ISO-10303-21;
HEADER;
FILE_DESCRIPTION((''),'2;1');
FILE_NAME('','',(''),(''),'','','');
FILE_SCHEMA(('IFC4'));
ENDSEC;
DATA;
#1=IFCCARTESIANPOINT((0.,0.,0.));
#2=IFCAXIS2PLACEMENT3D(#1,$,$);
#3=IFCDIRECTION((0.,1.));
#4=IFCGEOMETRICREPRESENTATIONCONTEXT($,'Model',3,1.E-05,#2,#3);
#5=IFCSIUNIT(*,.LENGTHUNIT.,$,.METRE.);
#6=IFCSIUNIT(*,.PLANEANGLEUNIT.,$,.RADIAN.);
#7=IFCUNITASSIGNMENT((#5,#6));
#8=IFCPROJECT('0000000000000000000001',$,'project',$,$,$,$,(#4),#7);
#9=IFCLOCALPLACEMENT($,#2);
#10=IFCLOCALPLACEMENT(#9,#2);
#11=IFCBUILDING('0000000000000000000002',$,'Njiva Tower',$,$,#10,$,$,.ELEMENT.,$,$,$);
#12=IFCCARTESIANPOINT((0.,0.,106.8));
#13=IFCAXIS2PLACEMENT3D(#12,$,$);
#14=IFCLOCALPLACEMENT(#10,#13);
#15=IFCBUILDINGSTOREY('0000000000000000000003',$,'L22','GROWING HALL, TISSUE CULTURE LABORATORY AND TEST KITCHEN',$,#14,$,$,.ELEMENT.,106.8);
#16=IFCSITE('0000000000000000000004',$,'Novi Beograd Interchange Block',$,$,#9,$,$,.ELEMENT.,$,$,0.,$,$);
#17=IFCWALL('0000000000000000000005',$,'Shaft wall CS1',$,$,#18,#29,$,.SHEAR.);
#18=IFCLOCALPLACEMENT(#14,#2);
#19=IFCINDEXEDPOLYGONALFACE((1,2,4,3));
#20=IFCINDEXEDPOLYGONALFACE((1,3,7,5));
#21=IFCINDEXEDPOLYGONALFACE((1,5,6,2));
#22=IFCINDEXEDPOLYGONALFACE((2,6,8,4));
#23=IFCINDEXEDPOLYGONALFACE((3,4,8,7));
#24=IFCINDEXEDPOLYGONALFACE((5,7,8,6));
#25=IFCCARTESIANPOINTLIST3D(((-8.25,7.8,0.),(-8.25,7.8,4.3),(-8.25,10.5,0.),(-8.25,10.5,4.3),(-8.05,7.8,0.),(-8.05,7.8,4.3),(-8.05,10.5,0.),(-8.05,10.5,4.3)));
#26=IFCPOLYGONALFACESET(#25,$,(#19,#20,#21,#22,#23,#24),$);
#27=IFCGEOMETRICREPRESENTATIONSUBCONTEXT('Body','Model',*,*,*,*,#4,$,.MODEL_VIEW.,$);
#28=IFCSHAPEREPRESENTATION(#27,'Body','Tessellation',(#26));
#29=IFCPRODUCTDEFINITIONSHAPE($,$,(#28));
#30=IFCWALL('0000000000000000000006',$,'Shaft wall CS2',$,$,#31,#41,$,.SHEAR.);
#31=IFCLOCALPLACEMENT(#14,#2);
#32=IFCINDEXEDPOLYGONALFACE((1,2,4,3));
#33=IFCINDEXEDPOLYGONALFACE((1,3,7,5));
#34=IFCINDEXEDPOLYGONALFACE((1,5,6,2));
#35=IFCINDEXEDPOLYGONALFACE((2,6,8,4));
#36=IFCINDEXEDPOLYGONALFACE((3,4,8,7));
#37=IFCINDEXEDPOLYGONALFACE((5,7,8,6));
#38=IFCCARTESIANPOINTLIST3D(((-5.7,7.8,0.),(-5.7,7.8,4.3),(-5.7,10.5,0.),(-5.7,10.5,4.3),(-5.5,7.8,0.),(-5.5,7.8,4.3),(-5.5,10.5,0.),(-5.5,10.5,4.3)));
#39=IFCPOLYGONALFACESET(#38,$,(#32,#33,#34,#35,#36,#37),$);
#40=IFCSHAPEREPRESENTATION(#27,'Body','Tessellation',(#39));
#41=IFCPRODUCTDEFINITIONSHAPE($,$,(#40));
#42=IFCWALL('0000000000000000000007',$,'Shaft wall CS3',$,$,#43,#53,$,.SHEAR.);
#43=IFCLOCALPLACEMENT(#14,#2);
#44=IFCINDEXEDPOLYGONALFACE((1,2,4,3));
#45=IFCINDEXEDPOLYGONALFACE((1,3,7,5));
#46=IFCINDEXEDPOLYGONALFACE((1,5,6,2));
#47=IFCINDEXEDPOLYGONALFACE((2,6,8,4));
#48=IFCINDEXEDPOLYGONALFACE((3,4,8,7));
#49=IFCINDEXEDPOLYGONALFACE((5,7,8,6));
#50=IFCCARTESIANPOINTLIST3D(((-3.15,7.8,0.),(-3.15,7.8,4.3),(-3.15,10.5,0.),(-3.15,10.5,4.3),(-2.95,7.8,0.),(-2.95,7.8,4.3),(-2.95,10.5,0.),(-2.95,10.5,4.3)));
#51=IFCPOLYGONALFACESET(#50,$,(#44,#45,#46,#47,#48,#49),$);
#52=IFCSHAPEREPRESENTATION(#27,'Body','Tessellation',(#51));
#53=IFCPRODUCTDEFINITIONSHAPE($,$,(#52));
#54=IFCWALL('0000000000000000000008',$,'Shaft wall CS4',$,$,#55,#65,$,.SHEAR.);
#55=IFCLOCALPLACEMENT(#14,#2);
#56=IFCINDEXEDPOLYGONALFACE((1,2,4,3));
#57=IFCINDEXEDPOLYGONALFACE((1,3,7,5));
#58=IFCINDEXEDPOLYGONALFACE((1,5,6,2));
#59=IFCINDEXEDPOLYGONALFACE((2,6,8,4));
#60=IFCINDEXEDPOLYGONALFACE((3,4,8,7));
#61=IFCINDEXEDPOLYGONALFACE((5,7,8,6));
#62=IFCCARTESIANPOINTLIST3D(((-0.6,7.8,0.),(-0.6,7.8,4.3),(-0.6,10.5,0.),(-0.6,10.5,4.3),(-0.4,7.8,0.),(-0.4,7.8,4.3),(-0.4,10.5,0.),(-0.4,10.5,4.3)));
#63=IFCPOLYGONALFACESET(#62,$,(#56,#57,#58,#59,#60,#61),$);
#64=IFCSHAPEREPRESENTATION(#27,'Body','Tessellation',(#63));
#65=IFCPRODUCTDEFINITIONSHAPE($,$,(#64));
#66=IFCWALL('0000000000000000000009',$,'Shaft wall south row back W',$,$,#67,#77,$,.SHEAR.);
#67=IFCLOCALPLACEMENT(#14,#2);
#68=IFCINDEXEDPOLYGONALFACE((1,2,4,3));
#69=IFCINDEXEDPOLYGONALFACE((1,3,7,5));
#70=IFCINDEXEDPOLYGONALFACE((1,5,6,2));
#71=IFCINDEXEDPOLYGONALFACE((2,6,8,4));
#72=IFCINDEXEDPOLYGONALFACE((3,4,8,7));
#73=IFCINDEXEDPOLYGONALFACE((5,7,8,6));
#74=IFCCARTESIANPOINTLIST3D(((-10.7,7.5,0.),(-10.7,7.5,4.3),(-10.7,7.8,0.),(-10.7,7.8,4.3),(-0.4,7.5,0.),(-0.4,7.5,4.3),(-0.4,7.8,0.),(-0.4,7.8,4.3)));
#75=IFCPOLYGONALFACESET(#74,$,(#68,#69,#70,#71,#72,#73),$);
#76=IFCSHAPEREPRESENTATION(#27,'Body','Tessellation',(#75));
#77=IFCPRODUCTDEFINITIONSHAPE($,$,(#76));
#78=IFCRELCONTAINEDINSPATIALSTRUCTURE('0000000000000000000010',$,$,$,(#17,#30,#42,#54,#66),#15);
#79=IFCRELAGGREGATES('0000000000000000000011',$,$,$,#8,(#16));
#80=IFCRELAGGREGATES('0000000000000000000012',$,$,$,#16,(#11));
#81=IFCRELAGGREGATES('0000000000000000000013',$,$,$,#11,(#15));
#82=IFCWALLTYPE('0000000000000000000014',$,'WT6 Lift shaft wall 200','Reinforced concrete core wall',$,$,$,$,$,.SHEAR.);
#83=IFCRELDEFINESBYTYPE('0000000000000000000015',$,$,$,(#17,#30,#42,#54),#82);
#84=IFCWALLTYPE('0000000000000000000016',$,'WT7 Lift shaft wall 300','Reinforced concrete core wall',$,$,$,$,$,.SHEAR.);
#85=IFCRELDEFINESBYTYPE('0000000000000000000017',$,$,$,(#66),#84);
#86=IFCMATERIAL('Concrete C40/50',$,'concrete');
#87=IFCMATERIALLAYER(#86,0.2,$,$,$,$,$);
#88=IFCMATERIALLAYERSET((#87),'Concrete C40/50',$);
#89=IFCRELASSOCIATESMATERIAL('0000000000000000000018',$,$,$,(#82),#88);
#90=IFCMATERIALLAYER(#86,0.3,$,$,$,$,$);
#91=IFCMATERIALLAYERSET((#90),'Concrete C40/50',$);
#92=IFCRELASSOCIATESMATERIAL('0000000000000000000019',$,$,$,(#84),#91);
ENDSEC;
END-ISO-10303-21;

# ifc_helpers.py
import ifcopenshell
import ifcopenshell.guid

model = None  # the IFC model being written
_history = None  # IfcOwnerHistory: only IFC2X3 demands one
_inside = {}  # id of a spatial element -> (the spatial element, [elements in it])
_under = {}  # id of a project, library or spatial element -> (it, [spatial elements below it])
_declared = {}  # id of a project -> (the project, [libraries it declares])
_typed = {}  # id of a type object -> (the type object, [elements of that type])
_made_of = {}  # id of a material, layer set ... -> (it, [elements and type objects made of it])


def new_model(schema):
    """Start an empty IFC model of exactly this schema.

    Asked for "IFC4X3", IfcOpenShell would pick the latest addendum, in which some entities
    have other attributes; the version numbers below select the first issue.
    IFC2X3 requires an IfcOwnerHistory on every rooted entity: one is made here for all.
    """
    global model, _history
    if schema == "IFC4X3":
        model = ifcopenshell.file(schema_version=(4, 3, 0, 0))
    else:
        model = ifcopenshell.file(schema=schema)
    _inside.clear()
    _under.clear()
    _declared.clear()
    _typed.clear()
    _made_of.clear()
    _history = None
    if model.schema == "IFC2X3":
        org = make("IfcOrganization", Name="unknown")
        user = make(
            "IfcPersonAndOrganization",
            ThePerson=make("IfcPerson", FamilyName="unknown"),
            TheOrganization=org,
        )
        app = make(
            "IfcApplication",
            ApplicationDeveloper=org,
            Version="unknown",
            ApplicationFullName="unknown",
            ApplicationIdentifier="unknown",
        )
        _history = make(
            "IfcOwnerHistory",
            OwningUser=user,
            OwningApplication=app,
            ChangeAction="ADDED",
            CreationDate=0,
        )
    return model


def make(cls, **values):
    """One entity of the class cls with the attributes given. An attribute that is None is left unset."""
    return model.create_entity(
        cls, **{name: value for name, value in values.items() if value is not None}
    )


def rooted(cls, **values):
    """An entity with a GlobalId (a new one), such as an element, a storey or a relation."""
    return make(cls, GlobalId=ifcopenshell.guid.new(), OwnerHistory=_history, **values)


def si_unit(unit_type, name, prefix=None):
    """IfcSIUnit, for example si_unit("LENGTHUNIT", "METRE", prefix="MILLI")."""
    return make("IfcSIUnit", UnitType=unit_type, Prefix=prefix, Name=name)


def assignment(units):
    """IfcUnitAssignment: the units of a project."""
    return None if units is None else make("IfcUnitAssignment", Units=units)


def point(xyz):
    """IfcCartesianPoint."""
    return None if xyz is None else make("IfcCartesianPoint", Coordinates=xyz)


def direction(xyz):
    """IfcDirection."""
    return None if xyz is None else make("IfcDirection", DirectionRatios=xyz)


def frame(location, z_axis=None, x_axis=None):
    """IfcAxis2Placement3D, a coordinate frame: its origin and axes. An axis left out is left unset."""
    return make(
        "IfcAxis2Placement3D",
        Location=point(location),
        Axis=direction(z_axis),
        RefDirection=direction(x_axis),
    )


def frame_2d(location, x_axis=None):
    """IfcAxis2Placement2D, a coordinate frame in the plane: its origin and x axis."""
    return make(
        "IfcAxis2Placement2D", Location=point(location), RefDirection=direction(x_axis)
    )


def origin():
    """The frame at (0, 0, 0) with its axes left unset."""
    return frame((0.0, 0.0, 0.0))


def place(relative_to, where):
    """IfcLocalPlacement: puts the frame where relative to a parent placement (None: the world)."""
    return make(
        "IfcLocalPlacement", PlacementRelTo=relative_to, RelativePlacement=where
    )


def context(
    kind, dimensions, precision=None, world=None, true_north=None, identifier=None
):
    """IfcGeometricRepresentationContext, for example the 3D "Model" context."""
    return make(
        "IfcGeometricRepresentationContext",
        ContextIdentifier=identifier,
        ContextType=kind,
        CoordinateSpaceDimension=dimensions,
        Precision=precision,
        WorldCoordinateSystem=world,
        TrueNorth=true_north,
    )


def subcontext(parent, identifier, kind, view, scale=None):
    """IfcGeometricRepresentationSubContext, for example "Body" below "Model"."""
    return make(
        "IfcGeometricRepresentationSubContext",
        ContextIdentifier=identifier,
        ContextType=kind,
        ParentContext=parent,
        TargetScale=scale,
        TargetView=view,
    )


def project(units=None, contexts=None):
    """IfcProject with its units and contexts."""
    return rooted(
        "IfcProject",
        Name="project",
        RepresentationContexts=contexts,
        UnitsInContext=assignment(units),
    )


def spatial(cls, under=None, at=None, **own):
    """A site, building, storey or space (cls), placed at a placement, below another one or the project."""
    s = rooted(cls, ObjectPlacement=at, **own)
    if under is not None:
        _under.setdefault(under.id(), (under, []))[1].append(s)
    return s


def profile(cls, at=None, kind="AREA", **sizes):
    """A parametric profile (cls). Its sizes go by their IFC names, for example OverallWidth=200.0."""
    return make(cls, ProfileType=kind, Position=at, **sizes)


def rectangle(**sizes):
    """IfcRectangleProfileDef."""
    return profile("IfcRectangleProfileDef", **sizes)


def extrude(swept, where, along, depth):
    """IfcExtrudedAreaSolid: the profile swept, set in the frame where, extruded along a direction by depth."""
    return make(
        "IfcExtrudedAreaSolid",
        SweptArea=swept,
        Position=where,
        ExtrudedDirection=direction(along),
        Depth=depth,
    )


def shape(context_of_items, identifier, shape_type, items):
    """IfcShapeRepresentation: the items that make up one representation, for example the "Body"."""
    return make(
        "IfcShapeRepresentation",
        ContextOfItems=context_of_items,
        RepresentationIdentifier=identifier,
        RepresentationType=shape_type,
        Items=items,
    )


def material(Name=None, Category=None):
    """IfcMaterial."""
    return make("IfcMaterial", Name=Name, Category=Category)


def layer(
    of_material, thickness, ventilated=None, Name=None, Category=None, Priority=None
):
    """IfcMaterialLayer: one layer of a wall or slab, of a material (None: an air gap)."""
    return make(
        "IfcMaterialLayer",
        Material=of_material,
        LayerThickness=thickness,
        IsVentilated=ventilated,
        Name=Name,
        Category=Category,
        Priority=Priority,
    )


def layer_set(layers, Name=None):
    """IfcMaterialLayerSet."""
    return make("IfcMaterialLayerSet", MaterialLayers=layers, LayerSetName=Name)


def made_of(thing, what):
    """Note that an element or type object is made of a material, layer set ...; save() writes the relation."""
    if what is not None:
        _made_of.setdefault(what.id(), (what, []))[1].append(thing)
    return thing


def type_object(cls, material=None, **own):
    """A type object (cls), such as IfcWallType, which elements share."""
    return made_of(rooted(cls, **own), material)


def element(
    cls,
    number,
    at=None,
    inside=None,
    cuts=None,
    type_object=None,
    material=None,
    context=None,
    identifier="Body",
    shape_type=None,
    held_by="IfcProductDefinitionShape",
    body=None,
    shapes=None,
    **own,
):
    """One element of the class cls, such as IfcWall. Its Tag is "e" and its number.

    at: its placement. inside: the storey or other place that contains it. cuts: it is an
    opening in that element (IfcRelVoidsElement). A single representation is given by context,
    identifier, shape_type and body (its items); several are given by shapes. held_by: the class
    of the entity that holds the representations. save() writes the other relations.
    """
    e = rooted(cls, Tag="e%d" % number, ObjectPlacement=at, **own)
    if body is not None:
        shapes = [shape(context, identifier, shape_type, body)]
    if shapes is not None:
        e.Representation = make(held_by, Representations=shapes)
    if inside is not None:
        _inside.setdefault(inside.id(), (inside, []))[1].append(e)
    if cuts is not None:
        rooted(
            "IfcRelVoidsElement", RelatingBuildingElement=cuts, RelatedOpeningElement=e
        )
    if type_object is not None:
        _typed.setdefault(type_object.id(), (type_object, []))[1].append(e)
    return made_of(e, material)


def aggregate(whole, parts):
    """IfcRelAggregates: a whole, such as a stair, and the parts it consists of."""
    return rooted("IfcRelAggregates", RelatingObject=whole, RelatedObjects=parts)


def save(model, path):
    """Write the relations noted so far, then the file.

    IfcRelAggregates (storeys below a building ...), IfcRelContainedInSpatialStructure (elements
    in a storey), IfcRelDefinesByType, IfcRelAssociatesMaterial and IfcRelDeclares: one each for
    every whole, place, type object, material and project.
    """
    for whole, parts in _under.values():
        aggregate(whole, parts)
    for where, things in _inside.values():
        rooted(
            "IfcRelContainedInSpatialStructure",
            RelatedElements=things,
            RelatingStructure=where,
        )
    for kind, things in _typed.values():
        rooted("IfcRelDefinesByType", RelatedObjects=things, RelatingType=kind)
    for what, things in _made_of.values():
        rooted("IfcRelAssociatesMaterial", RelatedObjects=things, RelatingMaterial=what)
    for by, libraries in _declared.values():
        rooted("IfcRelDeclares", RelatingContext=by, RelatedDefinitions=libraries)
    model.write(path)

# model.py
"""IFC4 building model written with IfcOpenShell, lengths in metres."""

from ifc_helpers import new_model, si_unit, direction, frame, frame_2d, origin, place, context, subcontext, project, spatial, rectangle, extrude, material, layer, layer_set, type_object, element, save


model = new_model("IFC4")

# Units and contexts
model_context = context("Model", 3, precision=1e-05, world=origin(), true_north=direction((0.0, 1.0)))
body_context = subcontext(model_context, "Body", "Model", "MODEL_VIEW")
ifc_project = project(units=[si_unit("LENGTHUNIT", "METRE"), si_unit("PLANEANGLEUNIT", "RADIAN")], contexts=[model_context])

# Site, building, storey
site_placement = place(None, origin())
site = spatial("IfcSite", under=ifc_project, at=site_placement, Name="Novi Beograd Interchange Block", CompositionType="ELEMENT", RefElevation=0.0)
building_placement = place(site_placement, origin())
building = spatial("IfcBuilding", under=site, at=building_placement, Name="Njiva Tower", CompositionType="ELEMENT")
storey_placement = place(building_placement, frame((0.0, 0.0, 106.8)))
storey = spatial("IfcBuildingStorey", under=building, at=storey_placement, Name="L22", Description="GROWING HALL, TISSUE CULTURE LABORATORY AND TEST KITCHEN", CompositionType="ELEMENT", Elevation=106.8)

# Shared definitions
ifc_material_1 = material(Name="Concrete C40/50", Category="concrete")

# Walls
ifc_layer_1 = layer(ifc_material_1, 0.2)
ifc_layer_set_1 = layer_set([ifc_layer_1], Name="Concrete C40/50")
wall_type_1 = type_object("IfcWallType", Name="WT6 Lift shaft wall 200", Description="Reinforced concrete core wall", PredefinedType="SHEAR", material=ifc_layer_set_1)
for number, where, z_axis, x_axis, name in (
    (1, (-8.15, 7.8, 0.0), (0.0, 0.0, 1.0), (0.0, 1.0, 0.0), "Shaft wall CS1"),
    (2, (-5.6, 7.8, 0.0), (0.0, 0.0, 1.0), (0.0, 1.0, 0.0), "Shaft wall CS2"),
    (3, (-3.05, 7.8, 0.0), (0.0, 0.0, 1.0), (0.0, 1.0, 0.0), "Shaft wall CS3"),
    (4, (-0.5, 7.8, 0.0), (0.0, 0.0, 1.0), (0.0, 1.0, 0.0), "Shaft wall CS4"),
):
    element("IfcWall", number, at=place(storey_placement, frame(where, z_axis=z_axis, x_axis=x_axis)), inside=storey, type_object=wall_type_1, Name=name, PredefinedType="SHEAR", context=body_context, shape_type="SweptSolid", body=[
        extrude(rectangle(XDim=2.7, YDim=0.2, at=frame_2d((1.35, 0.0))), origin(), (0.0, 0.0, 1.0), 4.3),
    ])
ifc_layer_2 = layer(ifc_material_1, 0.3)
ifc_layer_set_2 = layer_set([ifc_layer_2], Name="Concrete C40/50")
wall_type_2 = type_object("IfcWallType", Name="WT7 Lift shaft wall 300", Description="Reinforced concrete core wall", PredefinedType="SHEAR", material=ifc_layer_set_2)
wall_1_placement = place(storey_placement, frame((-10.7, 7.65, 0.0), z_axis=(0.0, 0.0, 1.0), x_axis=(1.0, 0.0, 0.0)))
element("IfcWall", 5, at=wall_1_placement, inside=storey, type_object=wall_type_2, Name="Shaft wall south row back W", PredefinedType="SHEAR", context=body_context, shape_type="SweptSolid", body=[
    extrude(rectangle(XDim=10.3, YDim=0.3, at=frame_2d((5.15, 0.0))), origin(), (0.0, 0.0, 1.0), 4.3),
])

save(model, "model.ifc")
